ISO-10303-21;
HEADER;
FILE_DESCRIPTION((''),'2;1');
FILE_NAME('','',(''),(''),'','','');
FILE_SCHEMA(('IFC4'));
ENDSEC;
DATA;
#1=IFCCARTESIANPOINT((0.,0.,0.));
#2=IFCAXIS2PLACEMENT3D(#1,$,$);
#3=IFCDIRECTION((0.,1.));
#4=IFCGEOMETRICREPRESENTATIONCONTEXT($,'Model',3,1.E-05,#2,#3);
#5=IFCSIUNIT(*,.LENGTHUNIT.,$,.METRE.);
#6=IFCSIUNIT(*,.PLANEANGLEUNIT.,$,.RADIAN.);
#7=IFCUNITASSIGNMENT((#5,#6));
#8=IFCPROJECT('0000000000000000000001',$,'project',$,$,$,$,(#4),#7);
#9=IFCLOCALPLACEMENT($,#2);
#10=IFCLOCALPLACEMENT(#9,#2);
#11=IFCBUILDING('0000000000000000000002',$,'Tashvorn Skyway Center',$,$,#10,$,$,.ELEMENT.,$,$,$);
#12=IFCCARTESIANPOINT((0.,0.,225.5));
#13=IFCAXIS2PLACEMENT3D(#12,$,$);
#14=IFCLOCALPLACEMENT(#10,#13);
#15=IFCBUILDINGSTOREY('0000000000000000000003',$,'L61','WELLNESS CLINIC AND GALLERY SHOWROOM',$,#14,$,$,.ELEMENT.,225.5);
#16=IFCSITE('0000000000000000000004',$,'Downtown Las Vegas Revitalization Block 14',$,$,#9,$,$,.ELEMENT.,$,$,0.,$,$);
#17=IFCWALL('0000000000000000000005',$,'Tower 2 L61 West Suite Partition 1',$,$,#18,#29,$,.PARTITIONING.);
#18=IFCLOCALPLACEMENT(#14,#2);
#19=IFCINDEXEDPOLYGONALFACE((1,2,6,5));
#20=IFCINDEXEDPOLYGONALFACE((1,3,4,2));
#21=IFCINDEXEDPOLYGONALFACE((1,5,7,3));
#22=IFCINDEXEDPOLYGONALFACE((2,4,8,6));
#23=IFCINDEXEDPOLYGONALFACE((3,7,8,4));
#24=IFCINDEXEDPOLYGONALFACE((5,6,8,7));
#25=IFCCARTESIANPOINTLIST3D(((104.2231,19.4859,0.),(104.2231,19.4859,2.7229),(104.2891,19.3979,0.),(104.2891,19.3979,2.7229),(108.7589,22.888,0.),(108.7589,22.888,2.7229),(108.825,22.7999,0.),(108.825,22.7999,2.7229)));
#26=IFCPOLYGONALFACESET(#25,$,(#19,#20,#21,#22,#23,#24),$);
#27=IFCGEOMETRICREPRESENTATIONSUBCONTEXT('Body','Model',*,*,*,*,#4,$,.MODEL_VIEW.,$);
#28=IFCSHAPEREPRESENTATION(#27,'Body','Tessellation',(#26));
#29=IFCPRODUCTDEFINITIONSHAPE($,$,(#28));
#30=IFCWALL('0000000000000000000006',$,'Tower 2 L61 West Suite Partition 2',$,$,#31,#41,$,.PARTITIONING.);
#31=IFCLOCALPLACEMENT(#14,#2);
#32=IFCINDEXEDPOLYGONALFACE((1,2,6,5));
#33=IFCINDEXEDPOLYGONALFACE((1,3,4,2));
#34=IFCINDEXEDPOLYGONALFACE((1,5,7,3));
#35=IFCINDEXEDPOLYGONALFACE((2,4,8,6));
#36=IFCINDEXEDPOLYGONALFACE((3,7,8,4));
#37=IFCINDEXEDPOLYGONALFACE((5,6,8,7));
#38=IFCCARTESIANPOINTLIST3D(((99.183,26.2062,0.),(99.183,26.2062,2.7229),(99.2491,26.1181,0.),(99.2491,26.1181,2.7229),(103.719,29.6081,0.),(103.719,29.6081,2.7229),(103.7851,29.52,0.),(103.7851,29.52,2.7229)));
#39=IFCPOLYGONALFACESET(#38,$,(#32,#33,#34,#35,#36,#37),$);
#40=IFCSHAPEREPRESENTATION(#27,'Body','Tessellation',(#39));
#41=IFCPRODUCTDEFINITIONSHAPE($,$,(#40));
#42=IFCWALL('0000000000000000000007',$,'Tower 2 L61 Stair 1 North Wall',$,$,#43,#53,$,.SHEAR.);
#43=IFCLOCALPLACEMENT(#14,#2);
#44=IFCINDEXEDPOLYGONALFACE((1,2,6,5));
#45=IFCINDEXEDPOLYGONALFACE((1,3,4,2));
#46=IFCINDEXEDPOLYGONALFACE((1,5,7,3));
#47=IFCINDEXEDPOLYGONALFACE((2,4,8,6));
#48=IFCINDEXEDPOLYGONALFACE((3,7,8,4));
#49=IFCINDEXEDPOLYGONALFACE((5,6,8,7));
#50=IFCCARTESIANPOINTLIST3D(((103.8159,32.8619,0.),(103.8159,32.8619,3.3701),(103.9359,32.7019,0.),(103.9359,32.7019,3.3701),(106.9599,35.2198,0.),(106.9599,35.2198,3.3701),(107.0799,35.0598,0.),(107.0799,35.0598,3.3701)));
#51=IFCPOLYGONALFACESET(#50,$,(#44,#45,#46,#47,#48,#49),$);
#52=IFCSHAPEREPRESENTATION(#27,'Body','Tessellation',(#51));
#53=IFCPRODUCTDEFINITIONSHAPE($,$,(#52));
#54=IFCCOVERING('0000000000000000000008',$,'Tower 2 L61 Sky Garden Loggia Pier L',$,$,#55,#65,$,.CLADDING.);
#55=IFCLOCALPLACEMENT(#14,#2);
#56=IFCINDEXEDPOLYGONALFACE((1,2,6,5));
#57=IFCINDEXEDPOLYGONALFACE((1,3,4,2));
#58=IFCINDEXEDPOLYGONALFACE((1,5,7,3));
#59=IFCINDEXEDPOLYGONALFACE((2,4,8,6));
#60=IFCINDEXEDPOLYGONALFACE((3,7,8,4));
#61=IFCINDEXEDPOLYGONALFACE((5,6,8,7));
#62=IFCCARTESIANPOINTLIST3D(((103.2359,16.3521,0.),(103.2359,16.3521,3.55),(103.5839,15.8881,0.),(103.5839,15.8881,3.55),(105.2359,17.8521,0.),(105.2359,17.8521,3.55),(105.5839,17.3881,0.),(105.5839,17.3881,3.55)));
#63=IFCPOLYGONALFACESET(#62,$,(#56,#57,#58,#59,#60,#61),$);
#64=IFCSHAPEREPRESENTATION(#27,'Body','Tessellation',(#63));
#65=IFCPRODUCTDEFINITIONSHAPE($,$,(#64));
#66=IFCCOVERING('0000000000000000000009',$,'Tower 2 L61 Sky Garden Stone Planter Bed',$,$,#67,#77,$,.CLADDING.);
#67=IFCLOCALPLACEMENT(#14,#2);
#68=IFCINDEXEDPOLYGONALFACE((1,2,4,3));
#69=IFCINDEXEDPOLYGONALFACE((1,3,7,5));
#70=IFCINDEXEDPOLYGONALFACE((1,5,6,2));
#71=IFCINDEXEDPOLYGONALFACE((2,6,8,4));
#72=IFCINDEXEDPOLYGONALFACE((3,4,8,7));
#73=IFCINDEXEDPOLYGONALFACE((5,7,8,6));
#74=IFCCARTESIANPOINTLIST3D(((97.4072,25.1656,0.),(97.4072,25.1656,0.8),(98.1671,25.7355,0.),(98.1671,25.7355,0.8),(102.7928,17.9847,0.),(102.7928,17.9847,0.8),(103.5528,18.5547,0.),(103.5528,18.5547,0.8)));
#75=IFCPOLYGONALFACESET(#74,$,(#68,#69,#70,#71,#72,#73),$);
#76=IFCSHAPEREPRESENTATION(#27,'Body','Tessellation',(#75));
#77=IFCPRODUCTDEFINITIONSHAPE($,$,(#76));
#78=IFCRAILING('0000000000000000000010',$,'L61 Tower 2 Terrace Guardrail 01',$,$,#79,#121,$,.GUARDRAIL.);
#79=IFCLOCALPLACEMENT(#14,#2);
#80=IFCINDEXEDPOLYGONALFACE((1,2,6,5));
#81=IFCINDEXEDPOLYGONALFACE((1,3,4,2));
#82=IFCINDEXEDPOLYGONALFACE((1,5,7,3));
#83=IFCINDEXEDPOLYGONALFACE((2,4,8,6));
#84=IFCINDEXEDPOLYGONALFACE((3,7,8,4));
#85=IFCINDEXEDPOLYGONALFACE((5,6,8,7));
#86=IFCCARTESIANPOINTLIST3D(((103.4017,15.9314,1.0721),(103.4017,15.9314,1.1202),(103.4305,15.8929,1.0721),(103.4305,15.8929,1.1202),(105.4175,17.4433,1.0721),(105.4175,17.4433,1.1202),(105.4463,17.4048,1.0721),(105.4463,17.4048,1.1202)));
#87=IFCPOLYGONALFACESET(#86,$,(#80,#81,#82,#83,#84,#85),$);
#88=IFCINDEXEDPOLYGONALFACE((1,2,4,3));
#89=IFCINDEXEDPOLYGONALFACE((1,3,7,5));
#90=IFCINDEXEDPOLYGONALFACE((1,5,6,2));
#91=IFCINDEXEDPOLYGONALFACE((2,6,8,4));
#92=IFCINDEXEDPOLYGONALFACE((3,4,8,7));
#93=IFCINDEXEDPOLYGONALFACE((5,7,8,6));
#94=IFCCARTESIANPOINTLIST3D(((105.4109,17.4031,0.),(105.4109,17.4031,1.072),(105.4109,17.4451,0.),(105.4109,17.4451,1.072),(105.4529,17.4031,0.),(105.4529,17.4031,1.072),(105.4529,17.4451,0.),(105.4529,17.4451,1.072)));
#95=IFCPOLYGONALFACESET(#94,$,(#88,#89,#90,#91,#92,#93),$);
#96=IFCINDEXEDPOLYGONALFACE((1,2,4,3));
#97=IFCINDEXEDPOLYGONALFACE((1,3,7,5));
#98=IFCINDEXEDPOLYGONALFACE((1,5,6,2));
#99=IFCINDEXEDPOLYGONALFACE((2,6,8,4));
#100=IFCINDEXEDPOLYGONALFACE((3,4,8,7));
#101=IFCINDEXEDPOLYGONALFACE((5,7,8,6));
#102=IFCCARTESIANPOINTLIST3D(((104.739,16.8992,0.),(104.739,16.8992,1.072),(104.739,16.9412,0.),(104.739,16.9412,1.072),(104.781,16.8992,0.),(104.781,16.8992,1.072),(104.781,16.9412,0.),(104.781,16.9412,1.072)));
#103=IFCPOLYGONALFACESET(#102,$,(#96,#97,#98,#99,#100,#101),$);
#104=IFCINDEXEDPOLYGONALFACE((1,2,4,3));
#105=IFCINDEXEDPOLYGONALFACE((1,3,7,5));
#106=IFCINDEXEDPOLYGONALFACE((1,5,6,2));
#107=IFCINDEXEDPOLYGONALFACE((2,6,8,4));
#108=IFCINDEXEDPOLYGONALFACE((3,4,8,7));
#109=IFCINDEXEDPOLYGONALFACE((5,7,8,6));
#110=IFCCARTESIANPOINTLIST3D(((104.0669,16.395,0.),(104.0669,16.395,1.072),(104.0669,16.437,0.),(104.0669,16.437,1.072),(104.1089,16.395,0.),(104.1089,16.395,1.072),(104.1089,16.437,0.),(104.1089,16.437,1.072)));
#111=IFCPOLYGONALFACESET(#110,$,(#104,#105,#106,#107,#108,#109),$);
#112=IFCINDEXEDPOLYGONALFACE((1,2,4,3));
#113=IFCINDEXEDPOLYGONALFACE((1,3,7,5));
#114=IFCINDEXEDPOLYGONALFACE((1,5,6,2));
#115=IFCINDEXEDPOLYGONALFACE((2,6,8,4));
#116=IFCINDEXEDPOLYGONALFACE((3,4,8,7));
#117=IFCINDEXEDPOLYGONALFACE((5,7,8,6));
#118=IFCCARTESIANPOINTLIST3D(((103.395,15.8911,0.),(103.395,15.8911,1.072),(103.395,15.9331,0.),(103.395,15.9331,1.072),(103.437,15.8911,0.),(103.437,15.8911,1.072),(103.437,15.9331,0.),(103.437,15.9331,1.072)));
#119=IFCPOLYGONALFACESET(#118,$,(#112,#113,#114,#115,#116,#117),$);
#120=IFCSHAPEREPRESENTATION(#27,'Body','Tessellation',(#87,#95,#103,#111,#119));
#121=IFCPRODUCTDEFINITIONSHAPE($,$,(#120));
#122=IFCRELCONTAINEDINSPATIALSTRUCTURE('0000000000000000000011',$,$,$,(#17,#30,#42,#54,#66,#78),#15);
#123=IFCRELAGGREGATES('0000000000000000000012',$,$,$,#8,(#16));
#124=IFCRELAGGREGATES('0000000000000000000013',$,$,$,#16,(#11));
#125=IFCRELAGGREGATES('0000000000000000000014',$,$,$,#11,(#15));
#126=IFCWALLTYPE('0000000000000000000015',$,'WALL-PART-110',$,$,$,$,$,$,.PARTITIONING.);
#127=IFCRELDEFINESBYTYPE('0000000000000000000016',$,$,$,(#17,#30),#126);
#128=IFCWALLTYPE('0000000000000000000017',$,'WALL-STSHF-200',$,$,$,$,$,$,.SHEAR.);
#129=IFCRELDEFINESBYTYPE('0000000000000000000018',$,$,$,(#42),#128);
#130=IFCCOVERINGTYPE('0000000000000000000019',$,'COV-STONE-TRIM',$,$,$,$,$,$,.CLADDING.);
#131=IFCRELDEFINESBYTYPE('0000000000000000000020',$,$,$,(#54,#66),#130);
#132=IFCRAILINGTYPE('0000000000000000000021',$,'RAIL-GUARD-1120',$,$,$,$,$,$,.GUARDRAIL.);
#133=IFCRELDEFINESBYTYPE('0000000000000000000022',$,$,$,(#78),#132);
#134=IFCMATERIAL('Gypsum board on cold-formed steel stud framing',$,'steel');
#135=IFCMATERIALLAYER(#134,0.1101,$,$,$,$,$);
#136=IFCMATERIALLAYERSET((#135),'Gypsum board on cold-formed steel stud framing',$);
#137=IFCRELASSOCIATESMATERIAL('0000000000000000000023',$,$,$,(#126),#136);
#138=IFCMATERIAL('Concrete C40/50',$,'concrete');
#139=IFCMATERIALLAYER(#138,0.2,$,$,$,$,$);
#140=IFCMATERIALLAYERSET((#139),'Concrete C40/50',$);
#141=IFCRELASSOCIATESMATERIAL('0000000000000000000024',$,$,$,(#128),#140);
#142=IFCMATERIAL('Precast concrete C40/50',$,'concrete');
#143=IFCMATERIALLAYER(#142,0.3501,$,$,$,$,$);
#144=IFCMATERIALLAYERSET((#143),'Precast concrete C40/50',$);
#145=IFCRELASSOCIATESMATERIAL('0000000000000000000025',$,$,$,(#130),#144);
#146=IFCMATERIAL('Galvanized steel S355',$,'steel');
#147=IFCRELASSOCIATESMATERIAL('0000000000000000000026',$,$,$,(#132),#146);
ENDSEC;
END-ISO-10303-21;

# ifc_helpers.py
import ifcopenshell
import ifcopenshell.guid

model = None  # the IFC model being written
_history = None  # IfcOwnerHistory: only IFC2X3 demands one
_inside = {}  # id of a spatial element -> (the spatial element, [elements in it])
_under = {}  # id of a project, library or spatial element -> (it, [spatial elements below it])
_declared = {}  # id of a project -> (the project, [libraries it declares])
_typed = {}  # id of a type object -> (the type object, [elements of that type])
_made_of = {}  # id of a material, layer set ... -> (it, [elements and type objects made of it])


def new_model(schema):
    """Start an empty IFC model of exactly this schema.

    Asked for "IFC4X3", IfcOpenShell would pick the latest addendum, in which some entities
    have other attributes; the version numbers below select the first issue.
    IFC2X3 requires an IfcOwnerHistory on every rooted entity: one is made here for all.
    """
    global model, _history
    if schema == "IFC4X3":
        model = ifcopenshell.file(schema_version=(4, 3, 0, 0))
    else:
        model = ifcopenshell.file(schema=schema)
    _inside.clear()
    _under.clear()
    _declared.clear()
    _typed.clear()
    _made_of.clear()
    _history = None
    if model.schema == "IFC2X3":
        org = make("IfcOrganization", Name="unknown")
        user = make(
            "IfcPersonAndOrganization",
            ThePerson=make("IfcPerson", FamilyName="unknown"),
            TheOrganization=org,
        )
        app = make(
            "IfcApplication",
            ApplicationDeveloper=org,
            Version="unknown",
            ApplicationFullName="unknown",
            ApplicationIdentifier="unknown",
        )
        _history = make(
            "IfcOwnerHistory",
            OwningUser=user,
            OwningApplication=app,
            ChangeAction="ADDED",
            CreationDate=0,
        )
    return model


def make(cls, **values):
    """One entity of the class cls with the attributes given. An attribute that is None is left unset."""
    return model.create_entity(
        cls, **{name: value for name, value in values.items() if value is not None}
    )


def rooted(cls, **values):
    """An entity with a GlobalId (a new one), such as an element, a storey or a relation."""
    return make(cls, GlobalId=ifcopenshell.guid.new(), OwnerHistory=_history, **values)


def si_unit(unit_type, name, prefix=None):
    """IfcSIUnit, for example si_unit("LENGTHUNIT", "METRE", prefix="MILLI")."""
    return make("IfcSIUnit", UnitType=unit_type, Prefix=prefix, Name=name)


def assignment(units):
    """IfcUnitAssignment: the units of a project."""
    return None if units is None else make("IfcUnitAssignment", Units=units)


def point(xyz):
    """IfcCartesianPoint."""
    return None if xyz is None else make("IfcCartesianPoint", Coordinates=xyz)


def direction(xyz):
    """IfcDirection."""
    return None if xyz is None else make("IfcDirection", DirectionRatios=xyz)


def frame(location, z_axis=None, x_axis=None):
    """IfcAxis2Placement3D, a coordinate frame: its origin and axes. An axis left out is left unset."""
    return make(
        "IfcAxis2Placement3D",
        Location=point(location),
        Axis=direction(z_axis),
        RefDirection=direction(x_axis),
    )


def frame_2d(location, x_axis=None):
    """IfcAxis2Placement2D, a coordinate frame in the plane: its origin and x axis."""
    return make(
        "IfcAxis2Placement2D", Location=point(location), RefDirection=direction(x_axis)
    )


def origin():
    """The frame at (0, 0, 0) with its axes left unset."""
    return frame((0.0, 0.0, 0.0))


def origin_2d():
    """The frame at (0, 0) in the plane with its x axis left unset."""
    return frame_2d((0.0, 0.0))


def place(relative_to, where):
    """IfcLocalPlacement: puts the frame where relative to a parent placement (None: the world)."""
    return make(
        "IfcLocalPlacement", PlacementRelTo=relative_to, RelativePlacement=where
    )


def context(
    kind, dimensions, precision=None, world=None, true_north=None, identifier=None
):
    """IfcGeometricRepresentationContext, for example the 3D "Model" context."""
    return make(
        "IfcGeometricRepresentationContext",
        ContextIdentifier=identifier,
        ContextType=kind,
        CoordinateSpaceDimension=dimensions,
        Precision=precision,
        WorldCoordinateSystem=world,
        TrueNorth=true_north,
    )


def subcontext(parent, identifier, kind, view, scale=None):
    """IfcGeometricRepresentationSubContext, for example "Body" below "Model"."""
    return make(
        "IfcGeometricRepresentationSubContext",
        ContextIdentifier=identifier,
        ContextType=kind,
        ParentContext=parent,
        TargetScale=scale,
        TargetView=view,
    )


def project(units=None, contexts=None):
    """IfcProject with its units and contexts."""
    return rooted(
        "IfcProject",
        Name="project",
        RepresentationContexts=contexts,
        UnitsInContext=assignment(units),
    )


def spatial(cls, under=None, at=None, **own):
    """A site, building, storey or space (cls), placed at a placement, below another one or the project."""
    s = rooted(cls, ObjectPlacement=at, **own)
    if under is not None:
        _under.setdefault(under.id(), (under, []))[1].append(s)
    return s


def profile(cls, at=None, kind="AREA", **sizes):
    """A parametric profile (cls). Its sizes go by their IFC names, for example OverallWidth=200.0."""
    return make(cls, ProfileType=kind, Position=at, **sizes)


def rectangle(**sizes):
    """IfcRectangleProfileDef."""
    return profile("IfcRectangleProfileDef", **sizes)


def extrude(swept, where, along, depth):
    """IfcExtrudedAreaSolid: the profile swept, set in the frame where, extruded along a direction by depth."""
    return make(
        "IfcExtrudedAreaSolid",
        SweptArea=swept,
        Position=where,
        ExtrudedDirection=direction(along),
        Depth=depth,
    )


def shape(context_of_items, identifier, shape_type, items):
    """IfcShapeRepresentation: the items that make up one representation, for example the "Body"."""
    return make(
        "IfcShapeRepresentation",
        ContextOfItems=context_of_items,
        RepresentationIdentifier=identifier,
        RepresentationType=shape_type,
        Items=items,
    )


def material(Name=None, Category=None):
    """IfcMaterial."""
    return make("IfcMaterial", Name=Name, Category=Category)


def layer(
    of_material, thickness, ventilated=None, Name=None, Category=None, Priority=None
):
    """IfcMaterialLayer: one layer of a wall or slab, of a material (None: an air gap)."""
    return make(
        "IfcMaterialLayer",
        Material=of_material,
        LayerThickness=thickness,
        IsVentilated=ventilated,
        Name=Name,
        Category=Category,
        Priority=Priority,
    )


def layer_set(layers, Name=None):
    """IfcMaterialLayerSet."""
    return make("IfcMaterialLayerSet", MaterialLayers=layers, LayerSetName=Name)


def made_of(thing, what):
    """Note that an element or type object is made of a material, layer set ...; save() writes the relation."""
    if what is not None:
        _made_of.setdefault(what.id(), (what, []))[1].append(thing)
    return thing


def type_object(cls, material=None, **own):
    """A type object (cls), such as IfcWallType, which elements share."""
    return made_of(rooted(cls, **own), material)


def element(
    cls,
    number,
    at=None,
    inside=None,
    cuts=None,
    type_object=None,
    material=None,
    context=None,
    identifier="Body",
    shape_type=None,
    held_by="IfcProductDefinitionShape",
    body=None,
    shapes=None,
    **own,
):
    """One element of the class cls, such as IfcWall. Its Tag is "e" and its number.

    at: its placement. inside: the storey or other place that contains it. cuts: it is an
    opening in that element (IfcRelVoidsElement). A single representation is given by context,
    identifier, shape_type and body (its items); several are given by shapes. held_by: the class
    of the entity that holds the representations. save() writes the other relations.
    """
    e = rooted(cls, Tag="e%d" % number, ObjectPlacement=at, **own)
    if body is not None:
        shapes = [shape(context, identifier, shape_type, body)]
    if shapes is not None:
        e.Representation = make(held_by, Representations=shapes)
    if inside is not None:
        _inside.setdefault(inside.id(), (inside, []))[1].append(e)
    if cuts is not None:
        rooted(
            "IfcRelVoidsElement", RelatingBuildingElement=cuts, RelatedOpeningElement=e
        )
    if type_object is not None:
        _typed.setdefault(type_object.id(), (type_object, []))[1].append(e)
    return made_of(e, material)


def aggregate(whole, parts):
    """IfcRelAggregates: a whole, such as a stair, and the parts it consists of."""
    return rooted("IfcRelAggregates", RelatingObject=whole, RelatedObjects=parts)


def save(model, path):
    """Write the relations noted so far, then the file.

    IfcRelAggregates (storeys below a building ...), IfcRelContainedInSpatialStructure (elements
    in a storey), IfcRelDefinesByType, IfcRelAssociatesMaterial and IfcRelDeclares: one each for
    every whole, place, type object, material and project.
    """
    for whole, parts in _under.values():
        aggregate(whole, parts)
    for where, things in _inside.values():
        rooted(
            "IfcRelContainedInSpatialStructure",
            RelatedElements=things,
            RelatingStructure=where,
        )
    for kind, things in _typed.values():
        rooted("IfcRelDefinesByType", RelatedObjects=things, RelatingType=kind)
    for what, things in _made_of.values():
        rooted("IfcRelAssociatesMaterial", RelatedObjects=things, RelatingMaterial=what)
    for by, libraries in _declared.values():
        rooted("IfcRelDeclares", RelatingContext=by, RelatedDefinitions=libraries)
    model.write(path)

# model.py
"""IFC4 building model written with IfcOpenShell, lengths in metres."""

from ifc_helpers import new_model, si_unit, direction, frame, frame_2d, origin, origin_2d, place, context, subcontext, project, spatial, rectangle, extrude, material, layer, layer_set, type_object, element, save


model = new_model("IFC4")

# Units and contexts
model_context = context("Model", 3, precision=1e-05, world=origin(), true_north=direction((0.0, 1.0)))
body_context = subcontext(model_context, "Body", "Model", "MODEL_VIEW")
ifc_project = project(units=[si_unit("LENGTHUNIT", "METRE"), si_unit("PLANEANGLEUNIT", "RADIAN")], contexts=[model_context])

# Site, building, storey
site_placement = place(None, origin())
site = spatial("IfcSite", under=ifc_project, at=site_placement, Name="Downtown Las Vegas Revitalization Block 14", CompositionType="ELEMENT", RefElevation=0.0)
building_placement = place(site_placement, origin())
building = spatial("IfcBuilding", under=site, at=building_placement, Name="Tashvorn Skyway Center", CompositionType="ELEMENT")
storey_placement = place(building_placement, frame((0.0, 0.0, 225.5)))
storey = spatial("IfcBuildingStorey", under=building, at=storey_placement, Name="L61", Description="WELLNESS CLINIC AND GALLERY SHOWROOM", CompositionType="ELEMENT", Elevation=225.5)

# Shared definitions
ifc_material_1 = material(Name="Precast concrete C40/50", Category="concrete")

# Walls
ifc_material_2 = material(Name="Gypsum board on cold-formed steel stud framing", Category="steel")
ifc_layer_1 = layer(ifc_material_2, 0.1101)
ifc_layer_set_1 = layer_set([ifc_layer_1], Name="Gypsum board on cold-formed steel stud framing")
wall_type_1 = type_object("IfcWallType", Name="WALL-PART-110", PredefinedType="PARTITIONING", material=ifc_layer_set_1)
for number, where, z_axis, x_axis, name in (
    (1, (104.2561, 19.4419, 0.0), (0.0, 0.0, 1.0), (0.799984, 0.600021, 0.0), "Tower 2 L61 West Suite Partition 1"),
    (2, (99.2161, 26.1621, 0.0), (0.0, 0.0, 1.0), (0.800005, 0.599993, 0.0), "Tower 2 L61 West Suite Partition 2"),
):
    element("IfcWall", number, at=place(storey_placement, frame(where, z_axis=z_axis, x_axis=x_axis)), inside=storey, type_object=wall_type_1, Name=name, PredefinedType="PARTITIONING", context=body_context, shape_type="SweptSolid", body=[
        extrude(rectangle(XDim=5.6699, YDim=0.1101, at=frame_2d((2.835, 0.0))), origin(), (0.0, 0.0, 1.0), 2.7229),
    ])
ifc_material_3 = material(Name="Concrete C40/50", Category="concrete")
ifc_layer_2 = layer(ifc_material_3, 0.2)
ifc_layer_set_2 = layer_set([ifc_layer_2], Name="Concrete C40/50")
wall_type_2 = type_object("IfcWallType", Name="WALL-STSHF-200", PredefinedType="SHEAR", material=ifc_layer_set_2)
wall_1_placement = place(storey_placement, frame((103.876, 32.782, 0.0), z_axis=(0.0, 0.0, 1.0), x_axis=(0.800015, 0.59998, 0.0)))
element("IfcWall", 3, at=wall_1_placement, inside=storey, type_object=wall_type_2, Name="Tower 2 L61 Stair 1 North Wall", PredefinedType="SHEAR", context=body_context, shape_type="SweptSolid", body=[
    extrude(rectangle(XDim=3.9299, YDim=0.2, at=frame_2d((1.9648, 0.0))), origin(), (0.0, 0.0, 1.0), 3.3701),
])

# Coverings
ifc_layer_3 = layer(ifc_material_1, 0.3501)
ifc_layer_set_3 = layer_set([ifc_layer_3], Name="Precast concrete C40/50")
covering_type = type_object("IfcCoveringType", Name="COV-STONE-TRIM", PredefinedType="CLADDING", material=ifc_layer_set_3)
covering_1_placement = place(storey_placement, frame((104.4099, 16.8701, 0.0), z_axis=(0.0, 0.0, 1.0), x_axis=(-0.6, 0.8, 0.0)))
element("IfcCovering", 4, at=covering_1_placement, inside=storey, type_object=covering_type, Name="Tower 2 L61 Sky Garden Loggia Pier L", PredefinedType="CLADDING", context=body_context, shape_type="SweptSolid", body=[
    extrude(rectangle(XDim=0.5801, YDim=2.5, at=origin_2d()), origin(), (0.0, 0.0, 1.0), 3.55),
])
covering_2_placement = place(storey_placement, frame((100.48, 21.8601, 0.0), z_axis=(0.0, 0.0, 1.0), x_axis=(-0.6, 0.8, 0.0)))
element("IfcCovering", 5, at=covering_2_placement, inside=storey, type_object=covering_type, Name="Tower 2 L61 Sky Garden Stone Planter Bed", PredefinedType="CLADDING", context=body_context, shape_type="SweptSolid", body=[
    extrude(rectangle(XDim=8.9761, YDim=0.95, at=origin_2d()), origin(), (0.0, 0.0, 1.0), 0.8),
])

# Railing
ifc_material_4 = material(Name="Galvanized steel S355", Category="steel")
railing_type = type_object("IfcRailingType", Name="RAIL-GUARD-1120", PredefinedType="GUARDRAIL", material=ifc_material_4)
railing_1_placement = place(storey_placement, frame((105.4319, 17.4241, 0.0)))
element("IfcRailing", 6, at=railing_1_placement, inside=storey, type_object=railing_type, Name="L61 Tower 2 Terrace Guardrail 01", PredefinedType="GUARDRAIL", context=body_context, shape_type="SweptSolid", body=[
    extrude(rectangle(XDim=0.0481, YDim=0.0481, at=origin_2d()), frame((0.0, 0.0, 1.0962), z_axis=(-0.799988, -0.600016, 0.0), x_axis=(0.600016, -0.799988, 0.0)), (0.0, 0.0, 1.0), 2.5198),
    extrude(rectangle(XDim=0.042, YDim=0.042, at=origin_2d()), origin(), (0.0, 0.0, 1.0), 1.072),
    extrude(rectangle(XDim=0.042, YDim=0.042, at=origin_2d()), frame((-0.6719, -0.5039, 0.0)), (0.0, 0.0, 1.0), 1.072),
    extrude(rectangle(XDim=0.042, YDim=0.042, at=origin_2d()), frame((-1.344, -1.0081, 0.0)), (0.0, 0.0, 1.0), 1.072),
    extrude(rectangle(XDim=0.042, YDim=0.042, at=origin_2d()), frame((-2.0159, -1.512, 0.0)), (0.0, 0.0, 1.0), 1.072),
])

save(model, "model.ifc")
